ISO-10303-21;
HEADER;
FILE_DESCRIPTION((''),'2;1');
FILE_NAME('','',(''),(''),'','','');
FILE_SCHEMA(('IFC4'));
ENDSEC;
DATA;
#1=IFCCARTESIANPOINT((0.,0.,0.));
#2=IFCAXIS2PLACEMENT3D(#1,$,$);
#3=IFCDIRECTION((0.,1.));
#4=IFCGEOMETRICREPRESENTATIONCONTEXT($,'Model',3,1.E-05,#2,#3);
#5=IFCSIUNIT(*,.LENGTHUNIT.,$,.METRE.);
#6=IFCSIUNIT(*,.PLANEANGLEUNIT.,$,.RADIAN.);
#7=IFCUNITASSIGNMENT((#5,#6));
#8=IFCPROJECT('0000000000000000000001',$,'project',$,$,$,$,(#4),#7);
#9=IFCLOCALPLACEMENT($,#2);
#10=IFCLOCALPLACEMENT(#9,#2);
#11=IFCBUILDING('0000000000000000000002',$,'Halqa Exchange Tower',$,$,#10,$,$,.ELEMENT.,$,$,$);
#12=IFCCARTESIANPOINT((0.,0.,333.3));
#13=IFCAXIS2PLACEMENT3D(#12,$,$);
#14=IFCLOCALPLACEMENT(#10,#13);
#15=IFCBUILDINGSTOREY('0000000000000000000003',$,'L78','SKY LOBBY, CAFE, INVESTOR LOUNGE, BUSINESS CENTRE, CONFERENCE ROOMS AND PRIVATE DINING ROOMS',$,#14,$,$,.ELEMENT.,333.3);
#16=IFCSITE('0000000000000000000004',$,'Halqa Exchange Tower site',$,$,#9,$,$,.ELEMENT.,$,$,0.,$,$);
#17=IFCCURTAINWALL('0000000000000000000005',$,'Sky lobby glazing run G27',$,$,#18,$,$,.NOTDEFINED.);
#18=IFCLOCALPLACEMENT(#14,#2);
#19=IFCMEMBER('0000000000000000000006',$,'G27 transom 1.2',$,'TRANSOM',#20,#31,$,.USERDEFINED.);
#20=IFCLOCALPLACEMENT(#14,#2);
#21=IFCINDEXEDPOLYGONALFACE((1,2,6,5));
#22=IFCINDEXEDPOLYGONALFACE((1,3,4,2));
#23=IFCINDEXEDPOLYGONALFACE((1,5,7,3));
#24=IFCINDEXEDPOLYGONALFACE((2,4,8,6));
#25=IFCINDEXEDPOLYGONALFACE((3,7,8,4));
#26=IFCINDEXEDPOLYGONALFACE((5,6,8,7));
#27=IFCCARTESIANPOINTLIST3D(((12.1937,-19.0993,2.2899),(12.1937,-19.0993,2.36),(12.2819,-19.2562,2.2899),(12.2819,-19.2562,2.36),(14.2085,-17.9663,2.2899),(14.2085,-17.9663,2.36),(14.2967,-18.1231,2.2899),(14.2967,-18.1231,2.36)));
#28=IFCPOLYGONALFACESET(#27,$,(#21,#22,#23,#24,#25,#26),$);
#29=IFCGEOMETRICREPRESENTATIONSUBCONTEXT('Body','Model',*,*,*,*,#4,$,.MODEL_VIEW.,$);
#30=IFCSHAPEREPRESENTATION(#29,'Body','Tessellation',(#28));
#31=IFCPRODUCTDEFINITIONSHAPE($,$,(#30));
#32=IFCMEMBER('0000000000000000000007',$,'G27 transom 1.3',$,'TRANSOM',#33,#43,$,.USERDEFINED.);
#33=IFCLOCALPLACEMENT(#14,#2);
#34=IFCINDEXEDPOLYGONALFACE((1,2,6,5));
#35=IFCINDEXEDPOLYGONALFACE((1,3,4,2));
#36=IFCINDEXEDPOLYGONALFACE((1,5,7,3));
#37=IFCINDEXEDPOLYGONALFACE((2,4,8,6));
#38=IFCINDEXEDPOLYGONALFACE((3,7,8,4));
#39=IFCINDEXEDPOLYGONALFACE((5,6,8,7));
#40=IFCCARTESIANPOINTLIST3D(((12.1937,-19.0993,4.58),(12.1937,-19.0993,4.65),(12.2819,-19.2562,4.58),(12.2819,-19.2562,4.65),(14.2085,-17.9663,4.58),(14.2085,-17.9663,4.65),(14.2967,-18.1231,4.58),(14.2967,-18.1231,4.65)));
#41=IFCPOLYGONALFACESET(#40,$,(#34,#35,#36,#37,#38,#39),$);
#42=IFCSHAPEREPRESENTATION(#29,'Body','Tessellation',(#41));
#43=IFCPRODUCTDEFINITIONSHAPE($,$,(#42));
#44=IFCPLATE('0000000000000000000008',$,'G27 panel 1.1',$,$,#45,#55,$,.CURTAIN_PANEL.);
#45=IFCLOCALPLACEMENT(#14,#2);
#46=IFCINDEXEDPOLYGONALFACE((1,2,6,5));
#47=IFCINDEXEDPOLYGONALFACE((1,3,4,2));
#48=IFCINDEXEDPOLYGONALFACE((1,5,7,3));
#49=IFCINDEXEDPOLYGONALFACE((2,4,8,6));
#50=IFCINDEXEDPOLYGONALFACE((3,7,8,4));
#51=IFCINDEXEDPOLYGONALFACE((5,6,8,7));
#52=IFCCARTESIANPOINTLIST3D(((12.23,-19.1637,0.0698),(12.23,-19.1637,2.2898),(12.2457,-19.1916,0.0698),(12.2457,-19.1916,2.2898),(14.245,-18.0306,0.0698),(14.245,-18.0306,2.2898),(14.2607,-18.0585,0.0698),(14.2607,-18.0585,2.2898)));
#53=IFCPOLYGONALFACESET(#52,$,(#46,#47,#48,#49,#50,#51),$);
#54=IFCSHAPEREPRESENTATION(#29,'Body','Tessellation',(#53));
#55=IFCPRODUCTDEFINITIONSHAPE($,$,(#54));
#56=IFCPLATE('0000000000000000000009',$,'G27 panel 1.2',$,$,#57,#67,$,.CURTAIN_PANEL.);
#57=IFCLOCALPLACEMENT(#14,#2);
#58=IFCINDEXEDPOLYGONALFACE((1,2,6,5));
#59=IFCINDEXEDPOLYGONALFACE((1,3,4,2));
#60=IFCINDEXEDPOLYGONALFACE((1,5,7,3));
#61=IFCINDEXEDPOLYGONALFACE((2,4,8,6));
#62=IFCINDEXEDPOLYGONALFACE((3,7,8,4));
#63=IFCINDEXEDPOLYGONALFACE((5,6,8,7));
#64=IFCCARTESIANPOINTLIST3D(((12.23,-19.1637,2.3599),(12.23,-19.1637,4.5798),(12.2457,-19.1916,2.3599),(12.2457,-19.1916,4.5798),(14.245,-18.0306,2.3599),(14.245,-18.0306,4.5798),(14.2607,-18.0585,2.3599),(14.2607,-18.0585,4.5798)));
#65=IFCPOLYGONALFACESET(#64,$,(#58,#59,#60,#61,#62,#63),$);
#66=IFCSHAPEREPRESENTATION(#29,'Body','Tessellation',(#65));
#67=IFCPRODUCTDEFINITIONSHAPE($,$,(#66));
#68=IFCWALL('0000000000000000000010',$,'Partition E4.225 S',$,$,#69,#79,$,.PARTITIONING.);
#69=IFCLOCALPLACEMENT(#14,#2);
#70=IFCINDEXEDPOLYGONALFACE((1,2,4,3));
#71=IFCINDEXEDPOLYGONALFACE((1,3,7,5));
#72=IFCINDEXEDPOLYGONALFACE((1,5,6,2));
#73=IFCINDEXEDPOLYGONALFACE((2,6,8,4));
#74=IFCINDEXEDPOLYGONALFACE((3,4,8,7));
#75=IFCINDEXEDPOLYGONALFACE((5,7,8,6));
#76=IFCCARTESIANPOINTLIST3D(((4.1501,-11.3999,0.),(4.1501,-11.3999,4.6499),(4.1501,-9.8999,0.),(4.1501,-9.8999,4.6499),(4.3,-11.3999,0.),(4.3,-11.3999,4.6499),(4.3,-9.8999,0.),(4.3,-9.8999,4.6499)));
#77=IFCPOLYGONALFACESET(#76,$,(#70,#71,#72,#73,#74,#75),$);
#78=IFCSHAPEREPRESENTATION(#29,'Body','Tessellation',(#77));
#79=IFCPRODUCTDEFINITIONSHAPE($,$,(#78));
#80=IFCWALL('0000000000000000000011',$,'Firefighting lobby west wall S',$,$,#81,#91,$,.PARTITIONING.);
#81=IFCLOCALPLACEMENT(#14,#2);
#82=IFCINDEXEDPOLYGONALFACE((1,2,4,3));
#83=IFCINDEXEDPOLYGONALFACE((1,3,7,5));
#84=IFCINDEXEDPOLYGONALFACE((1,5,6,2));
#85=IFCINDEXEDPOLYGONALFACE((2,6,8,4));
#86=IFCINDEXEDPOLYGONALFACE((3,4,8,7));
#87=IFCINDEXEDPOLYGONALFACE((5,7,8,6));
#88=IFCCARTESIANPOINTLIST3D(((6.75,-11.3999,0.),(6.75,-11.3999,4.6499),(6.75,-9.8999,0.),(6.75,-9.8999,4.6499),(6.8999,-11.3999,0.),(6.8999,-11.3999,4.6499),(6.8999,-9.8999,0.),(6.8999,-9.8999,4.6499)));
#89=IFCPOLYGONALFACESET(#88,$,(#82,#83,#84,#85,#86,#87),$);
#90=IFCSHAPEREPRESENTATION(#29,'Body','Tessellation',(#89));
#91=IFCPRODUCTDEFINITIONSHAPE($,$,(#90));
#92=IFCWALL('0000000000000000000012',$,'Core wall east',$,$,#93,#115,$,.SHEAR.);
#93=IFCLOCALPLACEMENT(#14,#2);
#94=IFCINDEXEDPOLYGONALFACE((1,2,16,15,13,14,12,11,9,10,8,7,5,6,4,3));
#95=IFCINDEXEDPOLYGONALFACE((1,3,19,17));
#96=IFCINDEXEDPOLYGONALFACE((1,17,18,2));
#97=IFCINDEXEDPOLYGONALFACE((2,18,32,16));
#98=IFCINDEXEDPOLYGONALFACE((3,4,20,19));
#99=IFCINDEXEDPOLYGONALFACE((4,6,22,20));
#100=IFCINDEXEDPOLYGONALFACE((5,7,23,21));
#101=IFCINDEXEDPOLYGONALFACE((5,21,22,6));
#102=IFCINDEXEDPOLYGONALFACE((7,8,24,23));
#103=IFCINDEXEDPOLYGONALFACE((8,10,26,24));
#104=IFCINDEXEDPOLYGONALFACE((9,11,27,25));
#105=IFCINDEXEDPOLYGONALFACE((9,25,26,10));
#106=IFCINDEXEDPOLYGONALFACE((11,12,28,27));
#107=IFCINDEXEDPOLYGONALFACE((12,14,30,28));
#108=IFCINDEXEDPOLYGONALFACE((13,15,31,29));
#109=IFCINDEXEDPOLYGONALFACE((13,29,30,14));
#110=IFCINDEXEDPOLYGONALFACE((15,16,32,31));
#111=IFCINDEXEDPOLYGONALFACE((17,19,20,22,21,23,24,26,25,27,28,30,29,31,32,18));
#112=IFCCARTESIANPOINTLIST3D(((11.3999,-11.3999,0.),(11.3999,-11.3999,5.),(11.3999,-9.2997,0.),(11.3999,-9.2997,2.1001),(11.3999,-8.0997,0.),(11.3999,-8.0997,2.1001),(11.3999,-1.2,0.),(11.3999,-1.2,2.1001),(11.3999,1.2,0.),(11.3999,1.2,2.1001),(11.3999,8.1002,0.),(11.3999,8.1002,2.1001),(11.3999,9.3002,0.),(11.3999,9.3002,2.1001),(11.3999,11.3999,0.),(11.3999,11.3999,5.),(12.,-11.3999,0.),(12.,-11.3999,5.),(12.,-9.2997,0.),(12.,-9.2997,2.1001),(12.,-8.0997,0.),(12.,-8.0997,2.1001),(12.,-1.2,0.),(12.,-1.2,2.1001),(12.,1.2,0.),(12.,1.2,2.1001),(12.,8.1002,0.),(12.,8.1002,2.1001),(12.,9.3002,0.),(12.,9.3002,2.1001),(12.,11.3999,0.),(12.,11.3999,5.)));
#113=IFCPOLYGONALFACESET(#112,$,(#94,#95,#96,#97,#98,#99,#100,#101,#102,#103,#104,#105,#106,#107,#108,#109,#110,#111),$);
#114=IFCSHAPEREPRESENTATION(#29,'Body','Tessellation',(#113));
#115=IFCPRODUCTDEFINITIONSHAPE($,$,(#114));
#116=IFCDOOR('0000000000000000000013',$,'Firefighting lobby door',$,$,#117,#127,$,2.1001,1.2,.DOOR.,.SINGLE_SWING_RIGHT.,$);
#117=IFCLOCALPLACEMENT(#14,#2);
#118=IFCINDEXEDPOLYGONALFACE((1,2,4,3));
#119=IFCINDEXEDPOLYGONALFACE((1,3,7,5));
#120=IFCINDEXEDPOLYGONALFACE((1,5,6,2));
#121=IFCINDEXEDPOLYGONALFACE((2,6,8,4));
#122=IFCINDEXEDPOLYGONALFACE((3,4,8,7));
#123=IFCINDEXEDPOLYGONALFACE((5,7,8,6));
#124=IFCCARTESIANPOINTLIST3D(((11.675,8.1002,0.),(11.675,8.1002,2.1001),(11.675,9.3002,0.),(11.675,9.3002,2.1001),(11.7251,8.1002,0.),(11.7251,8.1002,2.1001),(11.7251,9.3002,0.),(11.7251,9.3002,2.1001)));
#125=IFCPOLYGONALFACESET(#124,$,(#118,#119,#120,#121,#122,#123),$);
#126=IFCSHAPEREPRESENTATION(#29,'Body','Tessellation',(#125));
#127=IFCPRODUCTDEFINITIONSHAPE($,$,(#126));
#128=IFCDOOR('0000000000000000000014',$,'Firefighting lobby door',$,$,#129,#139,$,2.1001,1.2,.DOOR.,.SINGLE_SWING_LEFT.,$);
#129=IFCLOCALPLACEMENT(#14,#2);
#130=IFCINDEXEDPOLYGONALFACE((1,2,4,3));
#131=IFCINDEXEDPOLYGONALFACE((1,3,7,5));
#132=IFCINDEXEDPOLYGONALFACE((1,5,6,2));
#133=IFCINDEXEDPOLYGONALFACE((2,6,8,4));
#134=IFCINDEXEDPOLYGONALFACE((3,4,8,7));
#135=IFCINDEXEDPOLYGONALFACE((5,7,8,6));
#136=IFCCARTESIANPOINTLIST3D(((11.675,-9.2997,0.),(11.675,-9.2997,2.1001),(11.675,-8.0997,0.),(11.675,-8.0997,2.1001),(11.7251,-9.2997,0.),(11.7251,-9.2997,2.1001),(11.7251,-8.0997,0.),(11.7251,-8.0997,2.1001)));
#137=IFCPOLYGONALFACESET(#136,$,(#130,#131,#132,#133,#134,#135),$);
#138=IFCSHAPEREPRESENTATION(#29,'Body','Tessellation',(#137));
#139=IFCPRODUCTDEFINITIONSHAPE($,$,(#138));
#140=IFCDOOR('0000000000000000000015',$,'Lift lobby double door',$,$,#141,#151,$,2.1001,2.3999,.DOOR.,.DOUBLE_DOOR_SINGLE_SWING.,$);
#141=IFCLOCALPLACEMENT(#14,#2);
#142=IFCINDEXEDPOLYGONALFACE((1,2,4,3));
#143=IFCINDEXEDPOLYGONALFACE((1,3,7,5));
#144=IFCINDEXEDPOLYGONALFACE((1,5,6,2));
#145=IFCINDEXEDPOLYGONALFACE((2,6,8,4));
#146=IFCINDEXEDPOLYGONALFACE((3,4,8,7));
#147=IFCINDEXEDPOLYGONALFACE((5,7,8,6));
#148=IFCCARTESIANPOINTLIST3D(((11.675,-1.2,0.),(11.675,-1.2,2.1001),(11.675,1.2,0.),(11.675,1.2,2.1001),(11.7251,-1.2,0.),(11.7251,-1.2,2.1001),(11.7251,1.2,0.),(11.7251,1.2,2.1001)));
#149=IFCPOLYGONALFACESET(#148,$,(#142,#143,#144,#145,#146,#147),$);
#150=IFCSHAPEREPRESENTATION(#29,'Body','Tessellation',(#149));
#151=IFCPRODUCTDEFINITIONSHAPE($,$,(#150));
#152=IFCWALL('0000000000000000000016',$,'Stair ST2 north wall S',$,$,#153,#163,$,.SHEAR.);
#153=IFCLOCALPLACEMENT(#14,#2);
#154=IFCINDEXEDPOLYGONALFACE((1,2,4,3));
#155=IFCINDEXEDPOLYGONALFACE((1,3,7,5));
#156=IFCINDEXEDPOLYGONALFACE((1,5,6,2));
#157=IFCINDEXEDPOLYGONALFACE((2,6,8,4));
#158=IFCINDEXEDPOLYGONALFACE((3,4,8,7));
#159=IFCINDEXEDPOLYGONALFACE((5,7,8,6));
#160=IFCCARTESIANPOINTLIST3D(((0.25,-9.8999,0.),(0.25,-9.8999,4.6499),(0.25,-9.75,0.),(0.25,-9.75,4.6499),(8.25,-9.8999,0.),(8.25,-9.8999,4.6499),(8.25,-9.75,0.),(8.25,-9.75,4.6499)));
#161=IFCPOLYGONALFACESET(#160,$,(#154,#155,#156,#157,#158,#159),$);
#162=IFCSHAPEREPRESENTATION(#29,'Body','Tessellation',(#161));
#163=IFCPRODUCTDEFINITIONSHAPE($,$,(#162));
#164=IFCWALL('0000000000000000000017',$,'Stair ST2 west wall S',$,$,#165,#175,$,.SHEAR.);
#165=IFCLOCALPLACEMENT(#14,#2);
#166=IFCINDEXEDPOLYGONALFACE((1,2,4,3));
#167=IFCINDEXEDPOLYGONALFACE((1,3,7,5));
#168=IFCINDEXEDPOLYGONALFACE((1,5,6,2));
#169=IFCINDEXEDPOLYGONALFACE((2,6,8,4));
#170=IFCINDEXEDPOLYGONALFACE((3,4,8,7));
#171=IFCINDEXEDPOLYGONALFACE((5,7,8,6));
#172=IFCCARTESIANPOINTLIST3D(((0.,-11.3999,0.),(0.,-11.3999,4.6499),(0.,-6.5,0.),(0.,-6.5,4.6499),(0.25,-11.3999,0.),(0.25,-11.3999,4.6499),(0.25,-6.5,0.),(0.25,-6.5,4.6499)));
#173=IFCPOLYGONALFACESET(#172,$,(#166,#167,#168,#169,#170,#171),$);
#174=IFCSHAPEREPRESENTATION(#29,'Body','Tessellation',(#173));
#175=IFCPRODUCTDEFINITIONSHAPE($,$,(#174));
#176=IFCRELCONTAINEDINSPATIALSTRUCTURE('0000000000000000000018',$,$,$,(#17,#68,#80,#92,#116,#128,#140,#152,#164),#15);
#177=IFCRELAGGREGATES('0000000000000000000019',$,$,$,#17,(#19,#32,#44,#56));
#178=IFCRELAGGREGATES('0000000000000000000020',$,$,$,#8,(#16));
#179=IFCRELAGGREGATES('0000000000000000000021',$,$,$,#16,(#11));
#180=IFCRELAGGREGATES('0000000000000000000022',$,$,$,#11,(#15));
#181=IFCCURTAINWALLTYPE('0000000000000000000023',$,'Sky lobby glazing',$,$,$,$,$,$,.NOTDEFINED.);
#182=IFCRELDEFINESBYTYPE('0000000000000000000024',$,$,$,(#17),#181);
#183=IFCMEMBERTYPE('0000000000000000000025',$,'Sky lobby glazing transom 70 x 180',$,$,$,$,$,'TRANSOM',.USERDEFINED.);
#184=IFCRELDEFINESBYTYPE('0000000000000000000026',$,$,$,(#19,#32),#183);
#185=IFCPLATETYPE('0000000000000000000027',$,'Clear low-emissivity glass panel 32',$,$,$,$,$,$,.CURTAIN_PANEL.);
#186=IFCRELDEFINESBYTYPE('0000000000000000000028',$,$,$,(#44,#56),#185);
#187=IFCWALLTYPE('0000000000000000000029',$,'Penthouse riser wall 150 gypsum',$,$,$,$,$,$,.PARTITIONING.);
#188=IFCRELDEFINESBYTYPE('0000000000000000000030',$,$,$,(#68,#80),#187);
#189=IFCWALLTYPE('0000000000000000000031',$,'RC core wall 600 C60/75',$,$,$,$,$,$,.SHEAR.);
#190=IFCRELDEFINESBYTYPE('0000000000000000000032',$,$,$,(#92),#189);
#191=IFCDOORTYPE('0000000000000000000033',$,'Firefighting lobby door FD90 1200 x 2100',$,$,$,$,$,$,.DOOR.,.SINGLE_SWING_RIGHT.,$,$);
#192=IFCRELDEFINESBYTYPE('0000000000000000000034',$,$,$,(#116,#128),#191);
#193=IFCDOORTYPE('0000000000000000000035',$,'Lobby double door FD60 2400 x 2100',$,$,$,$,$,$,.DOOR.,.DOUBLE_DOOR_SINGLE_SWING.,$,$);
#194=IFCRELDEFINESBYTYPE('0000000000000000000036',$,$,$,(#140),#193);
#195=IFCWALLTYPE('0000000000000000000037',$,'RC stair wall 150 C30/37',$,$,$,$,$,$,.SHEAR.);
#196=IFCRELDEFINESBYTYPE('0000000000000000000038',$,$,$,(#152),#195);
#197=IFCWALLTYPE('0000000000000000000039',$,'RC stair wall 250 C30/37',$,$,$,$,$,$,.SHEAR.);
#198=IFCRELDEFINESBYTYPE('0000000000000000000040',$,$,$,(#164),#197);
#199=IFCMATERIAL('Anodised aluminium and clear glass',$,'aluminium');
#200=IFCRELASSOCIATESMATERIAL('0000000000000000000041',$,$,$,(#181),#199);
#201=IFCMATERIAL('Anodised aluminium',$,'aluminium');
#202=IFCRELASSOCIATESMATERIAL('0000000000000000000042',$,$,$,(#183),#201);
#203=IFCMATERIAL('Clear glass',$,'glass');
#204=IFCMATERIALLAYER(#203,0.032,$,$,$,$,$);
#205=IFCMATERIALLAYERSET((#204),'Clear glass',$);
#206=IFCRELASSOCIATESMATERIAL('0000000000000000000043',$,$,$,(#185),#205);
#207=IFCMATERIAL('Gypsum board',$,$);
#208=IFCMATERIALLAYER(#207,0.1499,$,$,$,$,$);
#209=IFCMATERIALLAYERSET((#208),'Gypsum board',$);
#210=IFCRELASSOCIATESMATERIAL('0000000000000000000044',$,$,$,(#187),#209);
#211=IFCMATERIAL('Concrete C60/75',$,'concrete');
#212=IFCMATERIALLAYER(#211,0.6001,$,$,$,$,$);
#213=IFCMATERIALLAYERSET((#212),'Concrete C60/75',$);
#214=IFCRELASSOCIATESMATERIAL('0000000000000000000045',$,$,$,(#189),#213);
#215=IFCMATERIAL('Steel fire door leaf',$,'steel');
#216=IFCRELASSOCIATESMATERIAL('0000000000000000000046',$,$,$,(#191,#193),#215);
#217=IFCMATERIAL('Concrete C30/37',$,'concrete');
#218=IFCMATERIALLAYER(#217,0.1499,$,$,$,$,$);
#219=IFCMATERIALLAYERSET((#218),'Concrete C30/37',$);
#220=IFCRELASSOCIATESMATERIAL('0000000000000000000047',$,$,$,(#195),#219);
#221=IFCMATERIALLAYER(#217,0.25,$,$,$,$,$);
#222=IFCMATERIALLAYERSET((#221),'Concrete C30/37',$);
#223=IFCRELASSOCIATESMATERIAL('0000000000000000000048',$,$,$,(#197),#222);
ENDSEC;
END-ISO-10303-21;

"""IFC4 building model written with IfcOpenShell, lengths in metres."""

from ifc_helpers import new_model, si_unit, direction, frame, frame_2d, origin, origin_2d, place, context, subcontext, project, spatial, rectangle, extrude, material, layer, layer_set, material_profile, profile_set, type_object, element, fill, aggregate, save


model = new_model("IFC4")

# Units and contexts
model_context = context("Model", 3, precision=1e-05, world=origin(), true_north=direction((0.0, 1.0)))
body_context = subcontext(model_context, "Body", "Model", "MODEL_VIEW")
ifc_project = project(units=[si_unit("LENGTHUNIT", "METRE"), si_unit("PLANEANGLEUNIT", "RADIAN")], contexts=[model_context])

# Site, building, storey
site_placement = place(None, origin())
site = spatial("IfcSite", under=ifc_project, at=site_placement, Name="Halqa Exchange Tower site", CompositionType="ELEMENT", RefElevation=0.0)
building_placement = place(site_placement, origin())
building = spatial("IfcBuilding", under=site, at=building_placement, Name="Halqa Exchange Tower", CompositionType="ELEMENT")
storey_placement = place(building_placement, frame((0.0, 0.0, 333.3)))
storey = spatial("IfcBuildingStorey", under=building, at=storey_placement, Name="L78", Description="SKY LOBBY, CAFE, INVESTOR LOUNGE, BUSINESS CENTRE, CONFERENCE ROOMS AND PRIVATE DINING ROOMS", CompositionType="ELEMENT", Elevation=333.3)

# Curtain wall, members, plates
ifc_material_1 = material(Name="Anodised aluminium and clear glass", Category="aluminium")
curtain_wall_type = type_object("IfcCurtainWallType", Name="Sky lobby glazing", PredefinedType="NOTDEFINED", material=ifc_material_1)
curtain_wall_placement = place(storey_placement, origin())
curtain_wall = element("IfcCurtainWall", 1, at=curtain_wall_placement, inside=storey, type_object=curtain_wall_type, Name="Sky lobby glazing run G27", PredefinedType="NOTDEFINED")
ifc_material_2 = material(Name="Anodised aluminium", Category="aluminium")
ifc_material_profile_1 = material_profile(ifc_material_2, rectangle(XDim=0.1799, YDim=0.0701, at=origin_2d()), Name="AL 70x180")
ifc_profile_set_1 = profile_set([ifc_material_profile_1], Name="Anodised aluminium")
member_type = type_object("IfcMemberType", Name="Sky lobby glazing transom 70 x 180", ElementType="TRANSOM", PredefinedType="USERDEFINED", material=ifc_profile_set_1)
member_1_placement = place(storey_placement, frame((12.2378, -19.1777, 2.325), z_axis=(0.871635, 0.490156, 0.0), x_axis=(-0.490156, 0.871635, 0.0)))
member_1 = element("IfcMember", 2, at=member_1_placement, type_object=member_type, Name="G27 transom 1.2", ObjectType="TRANSOM", PredefinedType="USERDEFINED", context=body_context, shape_type="SweptSolid", body=[
    extrude(rectangle(XDim=0.1799, YDim=0.0701, at=origin_2d()), origin(), (0.0, 0.0, 1.0), 2.3115),
])
member_2_placement = place(storey_placement, frame((12.2378, -19.1777, 4.615), z_axis=(0.871635, 0.490156, 0.0), x_axis=(-0.490156, 0.871635, 0.0)))
member_2 = element("IfcMember", 3, at=member_2_placement, type_object=member_type, Name="G27 transom 1.3", ObjectType="TRANSOM", PredefinedType="USERDEFINED", context=body_context, shape_type="SweptSolid", body=[
    extrude(rectangle(XDim=0.1799, YDim=0.0701, at=origin_2d()), origin(), (0.0, 0.0, 1.0), 2.3115),
])
ifc_material_3 = material(Name="Clear glass", Category="glass")
ifc_layer_1 = layer(ifc_material_3, 0.032)
ifc_layer_set_1 = layer_set([ifc_layer_1], Name="Clear glass")
plate_type = type_object("IfcPlateType", Name="Clear low-emissivity glass panel 32", PredefinedType="CURTAIN_PANEL", material=ifc_layer_set_1)
plate_1_placement = place(storey_placement, frame((13.2454, -18.6111, 0.0698), z_axis=(0.0, 0.0, 1.0), x_axis=(0.871634, 0.490158, 0.0)))
plate_1 = element("IfcPlate", 4, at=plate_1_placement, type_object=plate_type, Name="G27 panel 1.1", PredefinedType="CURTAIN_PANEL", context=body_context, shape_type="SweptSolid", body=[
    extrude(rectangle(XDim=2.3118, YDim=0.032, at=origin_2d()), origin(), (0.0, 0.0, 1.0), 2.22),
])
plate_2_placement = place(storey_placement, frame((13.2454, -18.6111, 2.3599), z_axis=(0.0, 0.0, 1.0), x_axis=(0.871634, 0.490158, 0.0)))
plate_2 = element("IfcPlate", 5, at=plate_2_placement, type_object=plate_type, Name="G27 panel 1.2", PredefinedType="CURTAIN_PANEL", context=body_context, shape_type="SweptSolid", body=[
    extrude(rectangle(XDim=2.3118, YDim=0.032, at=origin_2d()), origin(), (0.0, 0.0, 1.0), 2.22),
])
aggregate(curtain_wall, [member_1, member_2, plate_1, plate_2])

# Walls
ifc_material_4 = material(Name="Gypsum board")
ifc_layer_2 = layer(ifc_material_4, 0.1499)
ifc_layer_set_2 = layer_set([ifc_layer_2], Name="Gypsum board")
wall_type_1 = type_object("IfcWallType", Name="Penthouse riser wall 150 gypsum", PredefinedType="PARTITIONING", material=ifc_layer_set_2)
for number, where, z_axis, x_axis, name in (
    (6, (4.2251, -11.3999, 0.0), (0.0, 0.0, 1.0), (0.0, 1.0, 0.0), "Partition E4.225 S"),
    (7, (6.825, -11.3999, 0.0), (0.0, 0.0, 1.0), (0.0, 1.0, 0.0), "Firefighting lobby west wall S"),
):
    element("IfcWall", number, at=place(storey_placement, frame(where, z_axis=z_axis, x_axis=x_axis)), inside=storey, type_object=wall_type_1, Name=name, PredefinedType="PARTITIONING", context=body_context, shape_type="SweptSolid", body=[
        extrude(rectangle(XDim=1.5, YDim=0.1499, at=frame_2d((0.75, 0.0))), origin(), (0.0, 0.0, 1.0), 4.6499),
    ])

# Wall, openings, doors
ifc_material_5 = material(Name="Concrete C60/75", Category="concrete")
ifc_layer_3 = layer(ifc_material_5, 0.6001)
ifc_layer_set_3 = layer_set([ifc_layer_3], Name="Concrete C60/75")
wall_type_2 = type_object("IfcWallType", Name="RC core wall 600 C60/75", PredefinedType="SHEAR", material=ifc_layer_set_3)
wall_1_placement = place(storey_placement, frame((11.7, -11.3999, 0.0), z_axis=(0.0, 0.0, 1.0), x_axis=(0.0, 1.0, 0.0)))
wall_1 = element("IfcWall", 8, at=wall_1_placement, inside=storey, type_object=wall_type_2, Name="Core wall east", PredefinedType="SHEAR", context=body_context, shape_type="SweptSolid", body=[
    extrude(rectangle(XDim=22.7998, YDim=0.6001, at=frame_2d((11.3999, 0.0))), origin(), (0.0, 0.0, 1.0), 5.0),
])
opening_1_placement = place(wall_1_placement, frame((10.2, 0.0, 0.0)))
opening_1 = element("IfcOpeningElement", 9, at=opening_1_placement, cuts=wall_1, PredefinedType="OPENING", context=body_context, shape_type="SweptSolid", body=[
    extrude(rectangle(XDim=2.3999, YDim=2.1001, at=frame_2d((1.2, 1.05))), frame((0.0, 0.312, 0.0), z_axis=(0.0, -1.0, 0.0), x_axis=(1.0, 0.0, 0.0)), (0.0, 0.0, 1.0), 0.624),
])
opening_2_placement = place(wall_1_placement, frame((19.5, 0.0, 0.0)))
opening_2 = element("IfcOpeningElement", 10, at=opening_2_placement, cuts=wall_1, PredefinedType="OPENING", context=body_context, shape_type="SweptSolid", body=[
    extrude(rectangle(XDim=1.2, YDim=2.1001, at=frame_2d((0.6001, 1.05))), frame((0.0, 0.312, 0.0), z_axis=(0.0, -1.0, 0.0), x_axis=(1.0, 0.0, 0.0)), (0.0, 0.0, 1.0), 0.624),
])
opening_3_placement = place(wall_1_placement, frame((2.1001, 0.0, 0.0)))
opening_3 = element("IfcOpeningElement", 11, at=opening_3_placement, cuts=wall_1, PredefinedType="OPENING", context=body_context, shape_type="SweptSolid", body=[
    extrude(rectangle(XDim=1.2, YDim=2.1001, at=frame_2d((0.6001, 1.05))), frame((0.0, 0.312, 0.0), z_axis=(0.0, -1.0, 0.0), x_axis=(1.0, 0.0, 0.0)), (0.0, 0.0, 1.0), 0.624),
])
ifc_material_6 = material(Name="Steel fire door leaf", Category="steel")
door_type_1 = type_object("IfcDoorType", Name="Firefighting lobby door FD90 1200 x 2100", OperationType="SINGLE_SWING_RIGHT", PredefinedType="DOOR", material=ifc_material_6)
door_1_placement = place(opening_2_placement, origin())
door_1 = element("IfcDoor", 12, at=door_1_placement, inside=storey, type_object=door_type_1, Name="Firefighting lobby door", OperationType="SINGLE_SWING_RIGHT", OverallHeight=2.1001, OverallWidth=1.2, PredefinedType="DOOR", context=body_context, shape_type="SweptSolid", body=[
    extrude(rectangle(XDim=1.2, YDim=2.1001, at=frame_2d((0.6001, 1.05))), frame((0.0, 0.0249, 0.0), z_axis=(0.0, -1.0, 0.0), x_axis=(1.0, 0.0, 0.0)), (0.0, 0.0, 1.0), 0.05),
])
fill(opening_2, door_1)
door_2_placement = place(opening_3_placement, origin())
door_2 = element("IfcDoor", 13, at=door_2_placement, inside=storey, type_object=door_type_1, Name="Firefighting lobby door", OperationType="SINGLE_SWING_LEFT", OverallHeight=2.1001, OverallWidth=1.2, PredefinedType="DOOR", context=body_context, shape_type="SweptSolid", body=[
    extrude(rectangle(XDim=1.2, YDim=2.1001, at=frame_2d((0.6001, 1.05))), frame((0.0, 0.0249, 0.0), z_axis=(0.0, -1.0, 0.0), x_axis=(1.0, 0.0, 0.0)), (0.0, 0.0, 1.0), 0.05),
])
fill(opening_3, door_2)
door_type_2 = type_object("IfcDoorType", Name="Lobby double door FD60 2400 x 2100", OperationType="DOUBLE_DOOR_SINGLE_SWING", PredefinedType="DOOR", material=ifc_material_6)
door_3_placement = place(opening_1_placement, origin())
door_3 = element("IfcDoor", 14, at=door_3_placement, inside=storey, type_object=door_type_2, Name="Lift lobby double door", OperationType="DOUBLE_DOOR_SINGLE_SWING", OverallHeight=2.1001, OverallWidth=2.3999, PredefinedType="DOOR", context=body_context, shape_type="SweptSolid", body=[
    extrude(rectangle(XDim=2.3999, YDim=2.1001, at=frame_2d((1.2, 1.05))), frame((0.0, 0.0249, 0.0), z_axis=(0.0, -1.0, 0.0), x_axis=(1.0, 0.0, 0.0)), (0.0, 0.0, 1.0), 0.05),
])
fill(opening_1, door_3)

# Walls
ifc_material_7 = material(Name="Concrete C30/37", Category="concrete")
ifc_layer_4 = layer(ifc_material_7, 0.1499)
ifc_layer_set_4 = layer_set([ifc_layer_4], Name="Concrete C30/37")
wall_type_3 = type_object("IfcWallType", Name="RC stair wall 150 C30/37", PredefinedType="SHEAR", material=ifc_layer_set_4)
wall_2_placement = place(storey_placement, frame((0.25, -9.825, 0.0), z_axis=(0.0, 0.0, 1.0), x_axis=(1.0, 0.0, 0.0)))
element("IfcWall", 15, at=wall_2_placement, inside=storey, type_object=wall_type_3, Name="Stair ST2 north wall S", PredefinedType="SHEAR", context=body_context, shape_type="SweptSolid", body=[
    extrude(rectangle(XDim=8.0, YDim=0.1499, at=frame_2d((4.0, 0.0))), origin(), (0.0, 0.0, 1.0), 4.6499),
])
ifc_layer_5 = layer(ifc_material_7, 0.25)
ifc_layer_set_5 = layer_set([ifc_layer_5], Name="Concrete C30/37")
wall_type_4 = type_object("IfcWallType", Name="RC stair wall 250 C30/37", PredefinedType="SHEAR", material=ifc_layer_set_5)
wall_3_placement = place(storey_placement, frame((0.125, -11.3999, 0.0), z_axis=(0.0, 0.0, 1.0), x_axis=(0.0, 1.0, 0.0)))
element("IfcWall", 16, at=wall_3_placement, inside=storey, type_object=wall_type_4, Name="Stair ST2 west wall S", PredefinedType="SHEAR", context=body_context, shape_type="SweptSolid", body=[
    extrude(rectangle(XDim=4.8999, YDim=0.25, at=frame_2d((2.45, 0.0))), origin(), (0.0, 0.0, 1.0), 4.6499),
])

save(model, "model.ifc")
